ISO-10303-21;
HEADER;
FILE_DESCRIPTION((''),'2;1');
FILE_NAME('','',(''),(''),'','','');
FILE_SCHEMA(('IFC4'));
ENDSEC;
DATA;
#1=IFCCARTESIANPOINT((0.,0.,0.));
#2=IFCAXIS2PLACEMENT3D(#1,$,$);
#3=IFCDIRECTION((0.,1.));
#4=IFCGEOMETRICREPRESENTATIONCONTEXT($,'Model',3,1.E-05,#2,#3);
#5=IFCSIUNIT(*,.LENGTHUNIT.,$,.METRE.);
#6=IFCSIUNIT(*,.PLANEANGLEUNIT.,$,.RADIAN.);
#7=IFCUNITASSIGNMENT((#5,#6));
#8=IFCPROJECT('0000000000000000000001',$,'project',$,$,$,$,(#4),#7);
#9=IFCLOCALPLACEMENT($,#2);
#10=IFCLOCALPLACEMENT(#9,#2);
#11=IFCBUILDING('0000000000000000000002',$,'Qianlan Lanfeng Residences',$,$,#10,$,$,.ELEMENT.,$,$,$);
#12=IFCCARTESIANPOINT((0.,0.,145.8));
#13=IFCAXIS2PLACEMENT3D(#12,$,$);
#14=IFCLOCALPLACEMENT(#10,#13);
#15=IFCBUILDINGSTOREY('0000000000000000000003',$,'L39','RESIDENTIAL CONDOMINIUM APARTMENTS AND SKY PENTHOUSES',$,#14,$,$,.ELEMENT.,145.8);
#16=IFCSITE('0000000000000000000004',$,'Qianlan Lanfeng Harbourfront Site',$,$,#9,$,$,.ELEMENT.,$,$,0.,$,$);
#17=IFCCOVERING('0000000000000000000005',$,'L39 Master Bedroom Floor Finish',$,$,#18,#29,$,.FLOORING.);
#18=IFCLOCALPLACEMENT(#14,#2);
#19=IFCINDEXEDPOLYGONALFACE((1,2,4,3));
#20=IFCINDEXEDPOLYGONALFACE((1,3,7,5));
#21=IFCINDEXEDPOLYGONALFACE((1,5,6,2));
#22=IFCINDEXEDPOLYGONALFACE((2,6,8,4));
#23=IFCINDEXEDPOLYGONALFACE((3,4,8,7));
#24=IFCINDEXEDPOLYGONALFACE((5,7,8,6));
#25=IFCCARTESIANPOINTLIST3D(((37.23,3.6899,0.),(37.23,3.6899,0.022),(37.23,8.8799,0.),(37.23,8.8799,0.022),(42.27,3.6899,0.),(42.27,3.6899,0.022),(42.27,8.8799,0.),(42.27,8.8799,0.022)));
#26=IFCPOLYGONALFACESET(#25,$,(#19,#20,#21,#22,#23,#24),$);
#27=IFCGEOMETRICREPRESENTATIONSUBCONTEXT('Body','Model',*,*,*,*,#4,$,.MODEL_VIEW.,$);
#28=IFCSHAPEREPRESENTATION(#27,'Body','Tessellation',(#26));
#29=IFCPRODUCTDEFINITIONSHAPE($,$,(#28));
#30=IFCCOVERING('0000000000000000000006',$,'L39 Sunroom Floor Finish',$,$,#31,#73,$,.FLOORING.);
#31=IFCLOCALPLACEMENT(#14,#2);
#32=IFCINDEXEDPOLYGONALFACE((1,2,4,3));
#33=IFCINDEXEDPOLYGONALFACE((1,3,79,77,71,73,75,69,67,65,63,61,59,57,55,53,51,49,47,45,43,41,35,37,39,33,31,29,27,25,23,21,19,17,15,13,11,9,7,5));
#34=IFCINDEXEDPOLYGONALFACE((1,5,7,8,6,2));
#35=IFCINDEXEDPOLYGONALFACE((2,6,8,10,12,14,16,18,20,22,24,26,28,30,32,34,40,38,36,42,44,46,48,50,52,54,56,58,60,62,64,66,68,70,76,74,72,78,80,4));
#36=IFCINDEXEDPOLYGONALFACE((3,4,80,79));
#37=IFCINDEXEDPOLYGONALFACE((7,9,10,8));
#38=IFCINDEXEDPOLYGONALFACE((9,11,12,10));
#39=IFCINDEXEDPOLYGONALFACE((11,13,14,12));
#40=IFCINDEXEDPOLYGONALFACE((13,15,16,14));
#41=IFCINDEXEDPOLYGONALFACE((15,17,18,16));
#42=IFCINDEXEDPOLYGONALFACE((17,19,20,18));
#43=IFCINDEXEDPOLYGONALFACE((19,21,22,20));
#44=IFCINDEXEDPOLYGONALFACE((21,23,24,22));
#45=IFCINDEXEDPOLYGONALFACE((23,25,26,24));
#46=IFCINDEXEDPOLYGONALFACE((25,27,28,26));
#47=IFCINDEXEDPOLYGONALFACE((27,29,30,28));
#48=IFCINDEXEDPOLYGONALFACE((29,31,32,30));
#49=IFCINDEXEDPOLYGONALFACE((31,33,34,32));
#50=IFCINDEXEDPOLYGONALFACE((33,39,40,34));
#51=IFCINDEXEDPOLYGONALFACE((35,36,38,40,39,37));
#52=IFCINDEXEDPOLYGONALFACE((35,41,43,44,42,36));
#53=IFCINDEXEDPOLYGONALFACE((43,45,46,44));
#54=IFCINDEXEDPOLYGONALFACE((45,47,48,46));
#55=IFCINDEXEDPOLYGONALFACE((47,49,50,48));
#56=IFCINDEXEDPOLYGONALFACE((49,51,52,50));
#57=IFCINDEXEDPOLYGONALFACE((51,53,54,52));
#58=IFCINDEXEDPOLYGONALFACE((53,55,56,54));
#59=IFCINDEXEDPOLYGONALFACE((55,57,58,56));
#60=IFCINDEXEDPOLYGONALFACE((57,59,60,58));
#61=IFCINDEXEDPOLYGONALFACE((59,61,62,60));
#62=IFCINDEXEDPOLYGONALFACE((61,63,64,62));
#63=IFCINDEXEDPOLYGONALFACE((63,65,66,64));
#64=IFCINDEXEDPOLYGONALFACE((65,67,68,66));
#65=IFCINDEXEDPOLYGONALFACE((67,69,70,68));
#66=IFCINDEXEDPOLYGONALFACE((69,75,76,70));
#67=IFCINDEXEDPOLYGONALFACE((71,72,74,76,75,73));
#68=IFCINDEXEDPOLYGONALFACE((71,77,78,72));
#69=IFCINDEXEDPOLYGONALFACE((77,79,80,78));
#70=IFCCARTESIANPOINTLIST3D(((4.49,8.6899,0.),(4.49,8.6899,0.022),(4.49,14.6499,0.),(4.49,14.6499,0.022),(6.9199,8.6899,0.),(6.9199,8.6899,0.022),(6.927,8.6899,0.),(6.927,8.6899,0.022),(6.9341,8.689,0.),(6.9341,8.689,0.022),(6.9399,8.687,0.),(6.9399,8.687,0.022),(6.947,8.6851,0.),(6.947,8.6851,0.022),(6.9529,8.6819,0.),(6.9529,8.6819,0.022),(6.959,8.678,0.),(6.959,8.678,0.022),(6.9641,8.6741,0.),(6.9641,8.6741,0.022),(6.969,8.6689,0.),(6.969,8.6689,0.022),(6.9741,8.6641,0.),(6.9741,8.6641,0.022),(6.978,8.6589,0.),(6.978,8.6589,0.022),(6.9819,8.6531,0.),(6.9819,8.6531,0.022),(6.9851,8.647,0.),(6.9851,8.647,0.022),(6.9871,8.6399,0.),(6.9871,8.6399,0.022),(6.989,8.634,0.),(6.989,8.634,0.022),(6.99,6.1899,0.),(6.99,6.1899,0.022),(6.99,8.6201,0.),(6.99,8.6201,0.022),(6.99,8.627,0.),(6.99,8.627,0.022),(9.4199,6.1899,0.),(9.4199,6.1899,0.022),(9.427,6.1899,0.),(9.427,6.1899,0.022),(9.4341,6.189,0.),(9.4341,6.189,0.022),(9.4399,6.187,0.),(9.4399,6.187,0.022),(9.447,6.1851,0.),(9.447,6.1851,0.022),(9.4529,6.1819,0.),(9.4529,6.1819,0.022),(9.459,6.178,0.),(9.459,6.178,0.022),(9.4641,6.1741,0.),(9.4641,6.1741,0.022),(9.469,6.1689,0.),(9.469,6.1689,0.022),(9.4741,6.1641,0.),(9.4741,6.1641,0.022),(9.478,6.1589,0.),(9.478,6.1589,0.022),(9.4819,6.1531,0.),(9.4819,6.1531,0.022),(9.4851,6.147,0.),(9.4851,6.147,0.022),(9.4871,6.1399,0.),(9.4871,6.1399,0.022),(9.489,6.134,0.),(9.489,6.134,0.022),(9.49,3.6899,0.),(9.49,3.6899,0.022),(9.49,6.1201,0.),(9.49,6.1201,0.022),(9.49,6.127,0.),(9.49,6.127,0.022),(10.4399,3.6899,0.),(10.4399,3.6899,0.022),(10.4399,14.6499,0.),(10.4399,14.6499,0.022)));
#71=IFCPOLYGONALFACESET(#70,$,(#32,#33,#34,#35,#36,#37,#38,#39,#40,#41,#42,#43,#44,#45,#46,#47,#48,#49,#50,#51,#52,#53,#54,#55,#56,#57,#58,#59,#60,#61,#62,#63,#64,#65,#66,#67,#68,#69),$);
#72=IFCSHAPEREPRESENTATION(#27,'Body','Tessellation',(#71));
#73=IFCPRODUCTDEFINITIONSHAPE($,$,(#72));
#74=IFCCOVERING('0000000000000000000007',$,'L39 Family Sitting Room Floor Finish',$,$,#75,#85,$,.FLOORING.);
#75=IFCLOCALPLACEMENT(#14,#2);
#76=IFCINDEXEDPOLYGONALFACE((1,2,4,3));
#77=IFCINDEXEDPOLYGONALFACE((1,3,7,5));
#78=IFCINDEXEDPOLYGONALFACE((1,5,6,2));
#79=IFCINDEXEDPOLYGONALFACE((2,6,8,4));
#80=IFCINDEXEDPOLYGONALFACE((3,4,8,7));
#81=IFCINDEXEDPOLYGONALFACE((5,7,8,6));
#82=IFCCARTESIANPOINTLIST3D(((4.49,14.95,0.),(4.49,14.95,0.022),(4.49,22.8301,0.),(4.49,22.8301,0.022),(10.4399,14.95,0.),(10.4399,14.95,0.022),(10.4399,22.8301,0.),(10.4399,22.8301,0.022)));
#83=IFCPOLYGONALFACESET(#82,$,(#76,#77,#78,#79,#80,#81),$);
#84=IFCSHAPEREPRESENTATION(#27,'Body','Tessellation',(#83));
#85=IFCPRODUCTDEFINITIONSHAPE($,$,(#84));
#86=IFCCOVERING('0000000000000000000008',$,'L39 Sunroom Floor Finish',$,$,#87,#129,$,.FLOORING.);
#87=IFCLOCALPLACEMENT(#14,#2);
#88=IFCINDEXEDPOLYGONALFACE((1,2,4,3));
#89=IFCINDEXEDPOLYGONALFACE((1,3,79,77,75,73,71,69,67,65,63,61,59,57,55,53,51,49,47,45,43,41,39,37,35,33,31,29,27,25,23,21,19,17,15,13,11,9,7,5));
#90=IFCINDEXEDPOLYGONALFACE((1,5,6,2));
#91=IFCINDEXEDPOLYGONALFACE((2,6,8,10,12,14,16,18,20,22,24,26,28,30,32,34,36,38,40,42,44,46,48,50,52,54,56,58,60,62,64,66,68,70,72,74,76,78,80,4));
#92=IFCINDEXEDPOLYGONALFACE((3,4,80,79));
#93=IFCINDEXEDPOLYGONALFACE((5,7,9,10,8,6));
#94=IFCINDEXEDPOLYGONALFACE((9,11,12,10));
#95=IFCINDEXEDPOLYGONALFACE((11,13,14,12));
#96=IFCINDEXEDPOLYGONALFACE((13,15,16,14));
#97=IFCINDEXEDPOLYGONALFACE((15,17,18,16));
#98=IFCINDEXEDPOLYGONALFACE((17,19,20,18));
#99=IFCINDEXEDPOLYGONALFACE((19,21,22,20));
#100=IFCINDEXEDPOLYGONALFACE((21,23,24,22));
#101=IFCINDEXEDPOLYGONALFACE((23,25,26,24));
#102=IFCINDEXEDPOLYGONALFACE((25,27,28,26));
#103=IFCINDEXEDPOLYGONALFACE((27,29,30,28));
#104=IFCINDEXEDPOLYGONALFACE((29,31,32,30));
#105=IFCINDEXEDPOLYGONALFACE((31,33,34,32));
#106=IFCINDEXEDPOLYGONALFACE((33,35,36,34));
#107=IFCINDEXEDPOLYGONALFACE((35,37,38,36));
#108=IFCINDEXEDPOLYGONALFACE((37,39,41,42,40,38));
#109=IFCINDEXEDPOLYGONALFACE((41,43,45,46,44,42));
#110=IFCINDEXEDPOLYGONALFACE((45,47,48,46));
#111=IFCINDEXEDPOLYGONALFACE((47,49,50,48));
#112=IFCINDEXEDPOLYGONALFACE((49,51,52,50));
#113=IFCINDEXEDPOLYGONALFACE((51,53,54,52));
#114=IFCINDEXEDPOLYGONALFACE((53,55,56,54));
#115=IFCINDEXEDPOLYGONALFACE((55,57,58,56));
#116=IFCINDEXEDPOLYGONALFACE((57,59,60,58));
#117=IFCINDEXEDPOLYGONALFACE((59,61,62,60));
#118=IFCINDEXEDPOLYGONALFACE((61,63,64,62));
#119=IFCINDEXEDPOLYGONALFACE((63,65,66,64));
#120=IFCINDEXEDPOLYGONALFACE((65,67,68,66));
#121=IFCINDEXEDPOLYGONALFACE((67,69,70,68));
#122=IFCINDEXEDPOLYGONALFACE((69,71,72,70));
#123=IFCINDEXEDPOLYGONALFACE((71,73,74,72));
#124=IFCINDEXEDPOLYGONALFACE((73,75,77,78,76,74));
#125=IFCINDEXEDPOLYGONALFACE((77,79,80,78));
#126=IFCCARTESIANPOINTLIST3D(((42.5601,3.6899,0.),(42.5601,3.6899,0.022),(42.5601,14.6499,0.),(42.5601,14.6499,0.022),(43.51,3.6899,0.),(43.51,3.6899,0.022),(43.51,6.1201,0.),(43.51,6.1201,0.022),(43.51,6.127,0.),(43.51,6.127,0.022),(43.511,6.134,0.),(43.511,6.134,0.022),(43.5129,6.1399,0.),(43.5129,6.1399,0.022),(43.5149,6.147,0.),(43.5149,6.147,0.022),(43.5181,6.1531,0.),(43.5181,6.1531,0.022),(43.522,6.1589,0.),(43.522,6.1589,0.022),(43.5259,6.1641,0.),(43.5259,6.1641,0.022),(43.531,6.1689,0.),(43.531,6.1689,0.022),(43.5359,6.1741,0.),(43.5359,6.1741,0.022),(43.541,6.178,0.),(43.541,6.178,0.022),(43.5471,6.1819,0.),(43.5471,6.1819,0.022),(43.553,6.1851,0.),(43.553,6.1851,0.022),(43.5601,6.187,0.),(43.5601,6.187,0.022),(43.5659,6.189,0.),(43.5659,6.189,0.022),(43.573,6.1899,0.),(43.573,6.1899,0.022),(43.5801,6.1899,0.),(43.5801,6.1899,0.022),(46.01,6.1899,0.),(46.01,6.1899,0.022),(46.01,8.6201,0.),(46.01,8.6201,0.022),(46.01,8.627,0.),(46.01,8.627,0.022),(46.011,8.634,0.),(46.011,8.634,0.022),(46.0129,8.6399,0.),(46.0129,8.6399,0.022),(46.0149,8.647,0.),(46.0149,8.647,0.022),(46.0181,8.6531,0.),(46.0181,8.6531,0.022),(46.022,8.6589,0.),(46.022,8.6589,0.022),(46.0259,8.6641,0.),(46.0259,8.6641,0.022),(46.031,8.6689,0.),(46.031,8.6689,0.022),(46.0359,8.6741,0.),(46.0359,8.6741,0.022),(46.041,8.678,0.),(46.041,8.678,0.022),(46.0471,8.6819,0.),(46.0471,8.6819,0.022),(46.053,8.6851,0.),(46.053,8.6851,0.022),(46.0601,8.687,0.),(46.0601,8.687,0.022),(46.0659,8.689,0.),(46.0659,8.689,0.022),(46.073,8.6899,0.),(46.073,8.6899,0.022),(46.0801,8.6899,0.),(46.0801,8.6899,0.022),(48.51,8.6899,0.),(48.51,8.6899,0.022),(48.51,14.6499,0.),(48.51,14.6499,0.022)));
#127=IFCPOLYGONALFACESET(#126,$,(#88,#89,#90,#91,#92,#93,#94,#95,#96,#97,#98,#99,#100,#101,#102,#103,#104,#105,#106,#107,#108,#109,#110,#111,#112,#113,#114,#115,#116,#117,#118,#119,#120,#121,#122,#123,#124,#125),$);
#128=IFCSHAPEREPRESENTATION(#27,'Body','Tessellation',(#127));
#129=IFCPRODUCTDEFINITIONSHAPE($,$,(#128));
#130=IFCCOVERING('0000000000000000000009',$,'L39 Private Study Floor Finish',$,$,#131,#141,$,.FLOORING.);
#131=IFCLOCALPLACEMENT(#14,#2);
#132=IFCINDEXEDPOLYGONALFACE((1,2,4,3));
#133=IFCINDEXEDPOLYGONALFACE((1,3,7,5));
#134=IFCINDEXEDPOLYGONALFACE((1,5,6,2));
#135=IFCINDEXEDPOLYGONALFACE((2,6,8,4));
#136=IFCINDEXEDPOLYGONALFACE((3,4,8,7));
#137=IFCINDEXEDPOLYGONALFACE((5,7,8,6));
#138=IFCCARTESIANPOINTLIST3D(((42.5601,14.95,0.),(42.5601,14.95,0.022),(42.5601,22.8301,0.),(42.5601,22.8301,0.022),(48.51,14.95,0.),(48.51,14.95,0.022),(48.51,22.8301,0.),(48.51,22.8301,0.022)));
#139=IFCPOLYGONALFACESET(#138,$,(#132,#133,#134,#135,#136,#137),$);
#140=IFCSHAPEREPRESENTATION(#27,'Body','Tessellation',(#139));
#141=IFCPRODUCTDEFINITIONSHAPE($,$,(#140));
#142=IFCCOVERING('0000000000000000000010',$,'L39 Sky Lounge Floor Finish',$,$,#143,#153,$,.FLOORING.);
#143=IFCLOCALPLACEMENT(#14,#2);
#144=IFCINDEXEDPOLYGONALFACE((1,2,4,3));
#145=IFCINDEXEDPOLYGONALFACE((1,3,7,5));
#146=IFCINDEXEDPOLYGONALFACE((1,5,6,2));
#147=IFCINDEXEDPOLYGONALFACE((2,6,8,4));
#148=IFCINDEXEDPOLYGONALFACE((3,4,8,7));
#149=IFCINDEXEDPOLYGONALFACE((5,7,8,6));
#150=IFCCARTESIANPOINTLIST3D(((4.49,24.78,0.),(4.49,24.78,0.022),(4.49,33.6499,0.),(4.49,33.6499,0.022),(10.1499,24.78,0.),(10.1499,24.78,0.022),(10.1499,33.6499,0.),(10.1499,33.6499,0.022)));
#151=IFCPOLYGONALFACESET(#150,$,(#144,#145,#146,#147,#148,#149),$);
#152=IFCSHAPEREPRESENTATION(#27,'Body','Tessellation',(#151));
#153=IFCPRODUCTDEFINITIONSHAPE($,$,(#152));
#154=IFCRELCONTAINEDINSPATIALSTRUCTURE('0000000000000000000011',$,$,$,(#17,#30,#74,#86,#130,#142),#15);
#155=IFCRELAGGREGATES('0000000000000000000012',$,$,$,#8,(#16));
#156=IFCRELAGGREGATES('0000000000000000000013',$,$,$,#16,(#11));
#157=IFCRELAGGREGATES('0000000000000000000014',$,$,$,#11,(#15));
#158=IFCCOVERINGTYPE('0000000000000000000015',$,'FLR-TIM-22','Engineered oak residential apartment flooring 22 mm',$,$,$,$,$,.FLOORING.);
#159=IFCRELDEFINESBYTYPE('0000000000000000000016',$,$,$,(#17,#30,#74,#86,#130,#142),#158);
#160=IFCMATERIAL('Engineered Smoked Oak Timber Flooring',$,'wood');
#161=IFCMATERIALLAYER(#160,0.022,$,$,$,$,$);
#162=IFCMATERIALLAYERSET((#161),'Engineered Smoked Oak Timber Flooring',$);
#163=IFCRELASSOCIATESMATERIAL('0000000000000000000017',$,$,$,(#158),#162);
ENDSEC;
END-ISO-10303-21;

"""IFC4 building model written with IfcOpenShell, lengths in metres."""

from ifc_helpers import new_model, si_unit, direction, frame, origin, place, context, subcontext, project, spatial, polyline, outline, extrude, material, layer, layer_set, type_object, element, save


model = new_model("IFC4")

# Units and contexts
model_context = context("Model", 3, precision=1e-05, world=origin(), true_north=direction((0.0, 1.0)))
body_context = subcontext(model_context, "Body", "Model", "MODEL_VIEW")
ifc_project = project(units=[si_unit("LENGTHUNIT", "METRE"), si_unit("PLANEANGLEUNIT", "RADIAN")], contexts=[model_context])

# Site, building, storey
site_placement = place(None, origin())
site = spatial("IfcSite", under=ifc_project, at=site_placement, Name="Qianlan Lanfeng Harbourfront Site", CompositionType="ELEMENT", RefElevation=0.0)
building_placement = place(site_placement, origin())
building = spatial("IfcBuilding", under=site, at=building_placement, Name="Qianlan Lanfeng Residences", CompositionType="ELEMENT")
storey_placement = place(building_placement, frame((0.0, 0.0, 145.8)))
storey = spatial("IfcBuildingStorey", under=building, at=storey_placement, Name="L39", Description="RESIDENTIAL CONDOMINIUM APARTMENTS AND SKY PENTHOUSES", CompositionType="ELEMENT", Elevation=145.8)

# Coverings
ifc_material_1 = material(Name="Engineered Smoked Oak Timber Flooring", Category="wood")
ifc_layer_1 = layer(ifc_material_1, 0.022)
ifc_layer_set_1 = layer_set([ifc_layer_1], Name="Engineered Smoked Oak Timber Flooring")
covering_type_1 = type_object("IfcCoveringType", Name="FLR-TIM-22", Description="Engineered oak residential apartment flooring 22 mm", PredefinedType="FLOORING", material=ifc_layer_set_1)
covering_1_placement = place(storey_placement, origin())
element("IfcCovering", 1, at=covering_1_placement, inside=storey, type_object=covering_type_1, Name="L39 Master Bedroom Floor Finish", PredefinedType="FLOORING", context=body_context, shape_type="SweptSolid", body=[
    extrude(outline(polyline([(37.23, 8.8799), (37.23, 3.6899), (42.27, 3.6899), (42.27, 8.8799), (37.23, 8.8799)])), origin(), (0.0, 0.0, 1.0), 0.022),
])
covering_2_placement = place(storey_placement, origin())
element("IfcCovering", 2, at=covering_2_placement, inside=storey, type_object=covering_type_1, Name="L39 Sunroom Floor Finish", PredefinedType="FLOORING", context=body_context, shape_type="SweptSolid", body=[
    extrude(outline(polyline([(10.4399, 14.6499), (4.49, 14.6499), (4.49, 8.6899), (6.9199, 8.6899), (6.927, 8.6899), (6.9341, 8.689), (6.9399, 8.687), (6.947, 8.6851), (6.9529, 8.6819), (6.959, 8.678), (6.9641, 8.6741), (6.969, 8.6689), (6.9741, 8.6641), (6.978, 8.6589), (6.9819, 8.6531), (6.9851, 8.647), (6.9871, 8.6399), (6.989, 8.634), (6.99, 8.627), (6.99, 8.6201), (6.99, 6.1899), (9.4199, 6.1899), (9.427, 6.1899), (9.4341, 6.189), (9.4399, 6.187), (9.447, 6.1851), (9.4529, 6.1819), (9.459, 6.178), (9.4641, 6.1741), (9.469, 6.1689), (9.4741, 6.1641), (9.478, 6.1589), (9.4819, 6.1531), (9.4851, 6.147), (9.4871, 6.1399), (9.489, 6.134), (9.49, 6.127), (9.49, 6.1201), (9.49, 3.6899), (10.4399, 3.6899), (10.4399, 14.6499)])), origin(), (0.0, 0.0, 1.0), 0.022),
])
covering_3_placement = place(storey_placement, origin())
element("IfcCovering", 3, at=covering_3_placement, inside=storey, type_object=covering_type_1, Name="L39 Family Sitting Room Floor Finish", PredefinedType="FLOORING", context=body_context, shape_type="SweptSolid", body=[
    extrude(outline(polyline([(10.4399, 22.8301), (4.49, 22.8301), (4.49, 14.95), (10.4399, 14.95), (10.4399, 22.8301)])), origin(), (0.0, 0.0, 1.0), 0.022),
])
covering_4_placement = place(storey_placement, origin())
element("IfcCovering", 4, at=covering_4_placement, inside=storey, type_object=covering_type_1, Name="L39 Sunroom Floor Finish", PredefinedType="FLOORING", context=body_context, shape_type="SweptSolid", body=[
    extrude(outline(polyline([(48.51, 14.6499), (42.5601, 14.6499), (42.5601, 3.6899), (43.51, 3.6899), (43.51, 6.1201), (43.51, 6.127), (43.511, 6.134), (43.5129, 6.1399), (43.5149, 6.147), (43.5181, 6.1531), (43.522, 6.1589), (43.5259, 6.1641), (43.531, 6.1689), (43.5359, 6.1741), (43.541, 6.178), (43.5471, 6.1819), (43.553, 6.1851), (43.5601, 6.187), (43.5659, 6.189), (43.573, 6.1899), (43.5801, 6.1899), (46.01, 6.1899), (46.01, 8.6201), (46.01, 8.627), (46.011, 8.634), (46.0129, 8.6399), (46.0149, 8.647), (46.0181, 8.6531), (46.022, 8.6589), (46.0259, 8.6641), (46.031, 8.6689), (46.0359, 8.6741), (46.041, 8.678), (46.0471, 8.6819), (46.053, 8.6851), (46.0601, 8.687), (46.0659, 8.689), (46.073, 8.6899), (46.0801, 8.6899), (48.51, 8.6899), (48.51, 14.6499)])), origin(), (0.0, 0.0, 1.0), 0.022),
])
covering_5_placement = place(storey_placement, origin())
element("IfcCovering", 5, at=covering_5_placement, inside=storey, type_object=covering_type_1, Name="L39 Private Study Floor Finish", PredefinedType="FLOORING", context=body_context, shape_type="SweptSolid", body=[
    extrude(outline(polyline([(48.51, 22.8301), (42.5601, 22.8301), (42.5601, 14.95), (48.51, 14.95), (48.51, 22.8301)])), origin(), (0.0, 0.0, 1.0), 0.022),
])
covering_6_placement = place(storey_placement, origin())
element("IfcCovering", 6, at=covering_6_placement, inside=storey, type_object=covering_type_1, Name="L39 Sky Lounge Floor Finish", PredefinedType="FLOORING", context=body_context, shape_type="SweptSolid", body=[
    extrude(outline(polyline([(10.1499, 33.6499), (4.49, 33.6499), (4.49, 24.78), (10.1499, 24.78), (10.1499, 33.6499)])), origin(), (0.0, 0.0, 1.0), 0.022),
])

save(model, "model.ifc")
